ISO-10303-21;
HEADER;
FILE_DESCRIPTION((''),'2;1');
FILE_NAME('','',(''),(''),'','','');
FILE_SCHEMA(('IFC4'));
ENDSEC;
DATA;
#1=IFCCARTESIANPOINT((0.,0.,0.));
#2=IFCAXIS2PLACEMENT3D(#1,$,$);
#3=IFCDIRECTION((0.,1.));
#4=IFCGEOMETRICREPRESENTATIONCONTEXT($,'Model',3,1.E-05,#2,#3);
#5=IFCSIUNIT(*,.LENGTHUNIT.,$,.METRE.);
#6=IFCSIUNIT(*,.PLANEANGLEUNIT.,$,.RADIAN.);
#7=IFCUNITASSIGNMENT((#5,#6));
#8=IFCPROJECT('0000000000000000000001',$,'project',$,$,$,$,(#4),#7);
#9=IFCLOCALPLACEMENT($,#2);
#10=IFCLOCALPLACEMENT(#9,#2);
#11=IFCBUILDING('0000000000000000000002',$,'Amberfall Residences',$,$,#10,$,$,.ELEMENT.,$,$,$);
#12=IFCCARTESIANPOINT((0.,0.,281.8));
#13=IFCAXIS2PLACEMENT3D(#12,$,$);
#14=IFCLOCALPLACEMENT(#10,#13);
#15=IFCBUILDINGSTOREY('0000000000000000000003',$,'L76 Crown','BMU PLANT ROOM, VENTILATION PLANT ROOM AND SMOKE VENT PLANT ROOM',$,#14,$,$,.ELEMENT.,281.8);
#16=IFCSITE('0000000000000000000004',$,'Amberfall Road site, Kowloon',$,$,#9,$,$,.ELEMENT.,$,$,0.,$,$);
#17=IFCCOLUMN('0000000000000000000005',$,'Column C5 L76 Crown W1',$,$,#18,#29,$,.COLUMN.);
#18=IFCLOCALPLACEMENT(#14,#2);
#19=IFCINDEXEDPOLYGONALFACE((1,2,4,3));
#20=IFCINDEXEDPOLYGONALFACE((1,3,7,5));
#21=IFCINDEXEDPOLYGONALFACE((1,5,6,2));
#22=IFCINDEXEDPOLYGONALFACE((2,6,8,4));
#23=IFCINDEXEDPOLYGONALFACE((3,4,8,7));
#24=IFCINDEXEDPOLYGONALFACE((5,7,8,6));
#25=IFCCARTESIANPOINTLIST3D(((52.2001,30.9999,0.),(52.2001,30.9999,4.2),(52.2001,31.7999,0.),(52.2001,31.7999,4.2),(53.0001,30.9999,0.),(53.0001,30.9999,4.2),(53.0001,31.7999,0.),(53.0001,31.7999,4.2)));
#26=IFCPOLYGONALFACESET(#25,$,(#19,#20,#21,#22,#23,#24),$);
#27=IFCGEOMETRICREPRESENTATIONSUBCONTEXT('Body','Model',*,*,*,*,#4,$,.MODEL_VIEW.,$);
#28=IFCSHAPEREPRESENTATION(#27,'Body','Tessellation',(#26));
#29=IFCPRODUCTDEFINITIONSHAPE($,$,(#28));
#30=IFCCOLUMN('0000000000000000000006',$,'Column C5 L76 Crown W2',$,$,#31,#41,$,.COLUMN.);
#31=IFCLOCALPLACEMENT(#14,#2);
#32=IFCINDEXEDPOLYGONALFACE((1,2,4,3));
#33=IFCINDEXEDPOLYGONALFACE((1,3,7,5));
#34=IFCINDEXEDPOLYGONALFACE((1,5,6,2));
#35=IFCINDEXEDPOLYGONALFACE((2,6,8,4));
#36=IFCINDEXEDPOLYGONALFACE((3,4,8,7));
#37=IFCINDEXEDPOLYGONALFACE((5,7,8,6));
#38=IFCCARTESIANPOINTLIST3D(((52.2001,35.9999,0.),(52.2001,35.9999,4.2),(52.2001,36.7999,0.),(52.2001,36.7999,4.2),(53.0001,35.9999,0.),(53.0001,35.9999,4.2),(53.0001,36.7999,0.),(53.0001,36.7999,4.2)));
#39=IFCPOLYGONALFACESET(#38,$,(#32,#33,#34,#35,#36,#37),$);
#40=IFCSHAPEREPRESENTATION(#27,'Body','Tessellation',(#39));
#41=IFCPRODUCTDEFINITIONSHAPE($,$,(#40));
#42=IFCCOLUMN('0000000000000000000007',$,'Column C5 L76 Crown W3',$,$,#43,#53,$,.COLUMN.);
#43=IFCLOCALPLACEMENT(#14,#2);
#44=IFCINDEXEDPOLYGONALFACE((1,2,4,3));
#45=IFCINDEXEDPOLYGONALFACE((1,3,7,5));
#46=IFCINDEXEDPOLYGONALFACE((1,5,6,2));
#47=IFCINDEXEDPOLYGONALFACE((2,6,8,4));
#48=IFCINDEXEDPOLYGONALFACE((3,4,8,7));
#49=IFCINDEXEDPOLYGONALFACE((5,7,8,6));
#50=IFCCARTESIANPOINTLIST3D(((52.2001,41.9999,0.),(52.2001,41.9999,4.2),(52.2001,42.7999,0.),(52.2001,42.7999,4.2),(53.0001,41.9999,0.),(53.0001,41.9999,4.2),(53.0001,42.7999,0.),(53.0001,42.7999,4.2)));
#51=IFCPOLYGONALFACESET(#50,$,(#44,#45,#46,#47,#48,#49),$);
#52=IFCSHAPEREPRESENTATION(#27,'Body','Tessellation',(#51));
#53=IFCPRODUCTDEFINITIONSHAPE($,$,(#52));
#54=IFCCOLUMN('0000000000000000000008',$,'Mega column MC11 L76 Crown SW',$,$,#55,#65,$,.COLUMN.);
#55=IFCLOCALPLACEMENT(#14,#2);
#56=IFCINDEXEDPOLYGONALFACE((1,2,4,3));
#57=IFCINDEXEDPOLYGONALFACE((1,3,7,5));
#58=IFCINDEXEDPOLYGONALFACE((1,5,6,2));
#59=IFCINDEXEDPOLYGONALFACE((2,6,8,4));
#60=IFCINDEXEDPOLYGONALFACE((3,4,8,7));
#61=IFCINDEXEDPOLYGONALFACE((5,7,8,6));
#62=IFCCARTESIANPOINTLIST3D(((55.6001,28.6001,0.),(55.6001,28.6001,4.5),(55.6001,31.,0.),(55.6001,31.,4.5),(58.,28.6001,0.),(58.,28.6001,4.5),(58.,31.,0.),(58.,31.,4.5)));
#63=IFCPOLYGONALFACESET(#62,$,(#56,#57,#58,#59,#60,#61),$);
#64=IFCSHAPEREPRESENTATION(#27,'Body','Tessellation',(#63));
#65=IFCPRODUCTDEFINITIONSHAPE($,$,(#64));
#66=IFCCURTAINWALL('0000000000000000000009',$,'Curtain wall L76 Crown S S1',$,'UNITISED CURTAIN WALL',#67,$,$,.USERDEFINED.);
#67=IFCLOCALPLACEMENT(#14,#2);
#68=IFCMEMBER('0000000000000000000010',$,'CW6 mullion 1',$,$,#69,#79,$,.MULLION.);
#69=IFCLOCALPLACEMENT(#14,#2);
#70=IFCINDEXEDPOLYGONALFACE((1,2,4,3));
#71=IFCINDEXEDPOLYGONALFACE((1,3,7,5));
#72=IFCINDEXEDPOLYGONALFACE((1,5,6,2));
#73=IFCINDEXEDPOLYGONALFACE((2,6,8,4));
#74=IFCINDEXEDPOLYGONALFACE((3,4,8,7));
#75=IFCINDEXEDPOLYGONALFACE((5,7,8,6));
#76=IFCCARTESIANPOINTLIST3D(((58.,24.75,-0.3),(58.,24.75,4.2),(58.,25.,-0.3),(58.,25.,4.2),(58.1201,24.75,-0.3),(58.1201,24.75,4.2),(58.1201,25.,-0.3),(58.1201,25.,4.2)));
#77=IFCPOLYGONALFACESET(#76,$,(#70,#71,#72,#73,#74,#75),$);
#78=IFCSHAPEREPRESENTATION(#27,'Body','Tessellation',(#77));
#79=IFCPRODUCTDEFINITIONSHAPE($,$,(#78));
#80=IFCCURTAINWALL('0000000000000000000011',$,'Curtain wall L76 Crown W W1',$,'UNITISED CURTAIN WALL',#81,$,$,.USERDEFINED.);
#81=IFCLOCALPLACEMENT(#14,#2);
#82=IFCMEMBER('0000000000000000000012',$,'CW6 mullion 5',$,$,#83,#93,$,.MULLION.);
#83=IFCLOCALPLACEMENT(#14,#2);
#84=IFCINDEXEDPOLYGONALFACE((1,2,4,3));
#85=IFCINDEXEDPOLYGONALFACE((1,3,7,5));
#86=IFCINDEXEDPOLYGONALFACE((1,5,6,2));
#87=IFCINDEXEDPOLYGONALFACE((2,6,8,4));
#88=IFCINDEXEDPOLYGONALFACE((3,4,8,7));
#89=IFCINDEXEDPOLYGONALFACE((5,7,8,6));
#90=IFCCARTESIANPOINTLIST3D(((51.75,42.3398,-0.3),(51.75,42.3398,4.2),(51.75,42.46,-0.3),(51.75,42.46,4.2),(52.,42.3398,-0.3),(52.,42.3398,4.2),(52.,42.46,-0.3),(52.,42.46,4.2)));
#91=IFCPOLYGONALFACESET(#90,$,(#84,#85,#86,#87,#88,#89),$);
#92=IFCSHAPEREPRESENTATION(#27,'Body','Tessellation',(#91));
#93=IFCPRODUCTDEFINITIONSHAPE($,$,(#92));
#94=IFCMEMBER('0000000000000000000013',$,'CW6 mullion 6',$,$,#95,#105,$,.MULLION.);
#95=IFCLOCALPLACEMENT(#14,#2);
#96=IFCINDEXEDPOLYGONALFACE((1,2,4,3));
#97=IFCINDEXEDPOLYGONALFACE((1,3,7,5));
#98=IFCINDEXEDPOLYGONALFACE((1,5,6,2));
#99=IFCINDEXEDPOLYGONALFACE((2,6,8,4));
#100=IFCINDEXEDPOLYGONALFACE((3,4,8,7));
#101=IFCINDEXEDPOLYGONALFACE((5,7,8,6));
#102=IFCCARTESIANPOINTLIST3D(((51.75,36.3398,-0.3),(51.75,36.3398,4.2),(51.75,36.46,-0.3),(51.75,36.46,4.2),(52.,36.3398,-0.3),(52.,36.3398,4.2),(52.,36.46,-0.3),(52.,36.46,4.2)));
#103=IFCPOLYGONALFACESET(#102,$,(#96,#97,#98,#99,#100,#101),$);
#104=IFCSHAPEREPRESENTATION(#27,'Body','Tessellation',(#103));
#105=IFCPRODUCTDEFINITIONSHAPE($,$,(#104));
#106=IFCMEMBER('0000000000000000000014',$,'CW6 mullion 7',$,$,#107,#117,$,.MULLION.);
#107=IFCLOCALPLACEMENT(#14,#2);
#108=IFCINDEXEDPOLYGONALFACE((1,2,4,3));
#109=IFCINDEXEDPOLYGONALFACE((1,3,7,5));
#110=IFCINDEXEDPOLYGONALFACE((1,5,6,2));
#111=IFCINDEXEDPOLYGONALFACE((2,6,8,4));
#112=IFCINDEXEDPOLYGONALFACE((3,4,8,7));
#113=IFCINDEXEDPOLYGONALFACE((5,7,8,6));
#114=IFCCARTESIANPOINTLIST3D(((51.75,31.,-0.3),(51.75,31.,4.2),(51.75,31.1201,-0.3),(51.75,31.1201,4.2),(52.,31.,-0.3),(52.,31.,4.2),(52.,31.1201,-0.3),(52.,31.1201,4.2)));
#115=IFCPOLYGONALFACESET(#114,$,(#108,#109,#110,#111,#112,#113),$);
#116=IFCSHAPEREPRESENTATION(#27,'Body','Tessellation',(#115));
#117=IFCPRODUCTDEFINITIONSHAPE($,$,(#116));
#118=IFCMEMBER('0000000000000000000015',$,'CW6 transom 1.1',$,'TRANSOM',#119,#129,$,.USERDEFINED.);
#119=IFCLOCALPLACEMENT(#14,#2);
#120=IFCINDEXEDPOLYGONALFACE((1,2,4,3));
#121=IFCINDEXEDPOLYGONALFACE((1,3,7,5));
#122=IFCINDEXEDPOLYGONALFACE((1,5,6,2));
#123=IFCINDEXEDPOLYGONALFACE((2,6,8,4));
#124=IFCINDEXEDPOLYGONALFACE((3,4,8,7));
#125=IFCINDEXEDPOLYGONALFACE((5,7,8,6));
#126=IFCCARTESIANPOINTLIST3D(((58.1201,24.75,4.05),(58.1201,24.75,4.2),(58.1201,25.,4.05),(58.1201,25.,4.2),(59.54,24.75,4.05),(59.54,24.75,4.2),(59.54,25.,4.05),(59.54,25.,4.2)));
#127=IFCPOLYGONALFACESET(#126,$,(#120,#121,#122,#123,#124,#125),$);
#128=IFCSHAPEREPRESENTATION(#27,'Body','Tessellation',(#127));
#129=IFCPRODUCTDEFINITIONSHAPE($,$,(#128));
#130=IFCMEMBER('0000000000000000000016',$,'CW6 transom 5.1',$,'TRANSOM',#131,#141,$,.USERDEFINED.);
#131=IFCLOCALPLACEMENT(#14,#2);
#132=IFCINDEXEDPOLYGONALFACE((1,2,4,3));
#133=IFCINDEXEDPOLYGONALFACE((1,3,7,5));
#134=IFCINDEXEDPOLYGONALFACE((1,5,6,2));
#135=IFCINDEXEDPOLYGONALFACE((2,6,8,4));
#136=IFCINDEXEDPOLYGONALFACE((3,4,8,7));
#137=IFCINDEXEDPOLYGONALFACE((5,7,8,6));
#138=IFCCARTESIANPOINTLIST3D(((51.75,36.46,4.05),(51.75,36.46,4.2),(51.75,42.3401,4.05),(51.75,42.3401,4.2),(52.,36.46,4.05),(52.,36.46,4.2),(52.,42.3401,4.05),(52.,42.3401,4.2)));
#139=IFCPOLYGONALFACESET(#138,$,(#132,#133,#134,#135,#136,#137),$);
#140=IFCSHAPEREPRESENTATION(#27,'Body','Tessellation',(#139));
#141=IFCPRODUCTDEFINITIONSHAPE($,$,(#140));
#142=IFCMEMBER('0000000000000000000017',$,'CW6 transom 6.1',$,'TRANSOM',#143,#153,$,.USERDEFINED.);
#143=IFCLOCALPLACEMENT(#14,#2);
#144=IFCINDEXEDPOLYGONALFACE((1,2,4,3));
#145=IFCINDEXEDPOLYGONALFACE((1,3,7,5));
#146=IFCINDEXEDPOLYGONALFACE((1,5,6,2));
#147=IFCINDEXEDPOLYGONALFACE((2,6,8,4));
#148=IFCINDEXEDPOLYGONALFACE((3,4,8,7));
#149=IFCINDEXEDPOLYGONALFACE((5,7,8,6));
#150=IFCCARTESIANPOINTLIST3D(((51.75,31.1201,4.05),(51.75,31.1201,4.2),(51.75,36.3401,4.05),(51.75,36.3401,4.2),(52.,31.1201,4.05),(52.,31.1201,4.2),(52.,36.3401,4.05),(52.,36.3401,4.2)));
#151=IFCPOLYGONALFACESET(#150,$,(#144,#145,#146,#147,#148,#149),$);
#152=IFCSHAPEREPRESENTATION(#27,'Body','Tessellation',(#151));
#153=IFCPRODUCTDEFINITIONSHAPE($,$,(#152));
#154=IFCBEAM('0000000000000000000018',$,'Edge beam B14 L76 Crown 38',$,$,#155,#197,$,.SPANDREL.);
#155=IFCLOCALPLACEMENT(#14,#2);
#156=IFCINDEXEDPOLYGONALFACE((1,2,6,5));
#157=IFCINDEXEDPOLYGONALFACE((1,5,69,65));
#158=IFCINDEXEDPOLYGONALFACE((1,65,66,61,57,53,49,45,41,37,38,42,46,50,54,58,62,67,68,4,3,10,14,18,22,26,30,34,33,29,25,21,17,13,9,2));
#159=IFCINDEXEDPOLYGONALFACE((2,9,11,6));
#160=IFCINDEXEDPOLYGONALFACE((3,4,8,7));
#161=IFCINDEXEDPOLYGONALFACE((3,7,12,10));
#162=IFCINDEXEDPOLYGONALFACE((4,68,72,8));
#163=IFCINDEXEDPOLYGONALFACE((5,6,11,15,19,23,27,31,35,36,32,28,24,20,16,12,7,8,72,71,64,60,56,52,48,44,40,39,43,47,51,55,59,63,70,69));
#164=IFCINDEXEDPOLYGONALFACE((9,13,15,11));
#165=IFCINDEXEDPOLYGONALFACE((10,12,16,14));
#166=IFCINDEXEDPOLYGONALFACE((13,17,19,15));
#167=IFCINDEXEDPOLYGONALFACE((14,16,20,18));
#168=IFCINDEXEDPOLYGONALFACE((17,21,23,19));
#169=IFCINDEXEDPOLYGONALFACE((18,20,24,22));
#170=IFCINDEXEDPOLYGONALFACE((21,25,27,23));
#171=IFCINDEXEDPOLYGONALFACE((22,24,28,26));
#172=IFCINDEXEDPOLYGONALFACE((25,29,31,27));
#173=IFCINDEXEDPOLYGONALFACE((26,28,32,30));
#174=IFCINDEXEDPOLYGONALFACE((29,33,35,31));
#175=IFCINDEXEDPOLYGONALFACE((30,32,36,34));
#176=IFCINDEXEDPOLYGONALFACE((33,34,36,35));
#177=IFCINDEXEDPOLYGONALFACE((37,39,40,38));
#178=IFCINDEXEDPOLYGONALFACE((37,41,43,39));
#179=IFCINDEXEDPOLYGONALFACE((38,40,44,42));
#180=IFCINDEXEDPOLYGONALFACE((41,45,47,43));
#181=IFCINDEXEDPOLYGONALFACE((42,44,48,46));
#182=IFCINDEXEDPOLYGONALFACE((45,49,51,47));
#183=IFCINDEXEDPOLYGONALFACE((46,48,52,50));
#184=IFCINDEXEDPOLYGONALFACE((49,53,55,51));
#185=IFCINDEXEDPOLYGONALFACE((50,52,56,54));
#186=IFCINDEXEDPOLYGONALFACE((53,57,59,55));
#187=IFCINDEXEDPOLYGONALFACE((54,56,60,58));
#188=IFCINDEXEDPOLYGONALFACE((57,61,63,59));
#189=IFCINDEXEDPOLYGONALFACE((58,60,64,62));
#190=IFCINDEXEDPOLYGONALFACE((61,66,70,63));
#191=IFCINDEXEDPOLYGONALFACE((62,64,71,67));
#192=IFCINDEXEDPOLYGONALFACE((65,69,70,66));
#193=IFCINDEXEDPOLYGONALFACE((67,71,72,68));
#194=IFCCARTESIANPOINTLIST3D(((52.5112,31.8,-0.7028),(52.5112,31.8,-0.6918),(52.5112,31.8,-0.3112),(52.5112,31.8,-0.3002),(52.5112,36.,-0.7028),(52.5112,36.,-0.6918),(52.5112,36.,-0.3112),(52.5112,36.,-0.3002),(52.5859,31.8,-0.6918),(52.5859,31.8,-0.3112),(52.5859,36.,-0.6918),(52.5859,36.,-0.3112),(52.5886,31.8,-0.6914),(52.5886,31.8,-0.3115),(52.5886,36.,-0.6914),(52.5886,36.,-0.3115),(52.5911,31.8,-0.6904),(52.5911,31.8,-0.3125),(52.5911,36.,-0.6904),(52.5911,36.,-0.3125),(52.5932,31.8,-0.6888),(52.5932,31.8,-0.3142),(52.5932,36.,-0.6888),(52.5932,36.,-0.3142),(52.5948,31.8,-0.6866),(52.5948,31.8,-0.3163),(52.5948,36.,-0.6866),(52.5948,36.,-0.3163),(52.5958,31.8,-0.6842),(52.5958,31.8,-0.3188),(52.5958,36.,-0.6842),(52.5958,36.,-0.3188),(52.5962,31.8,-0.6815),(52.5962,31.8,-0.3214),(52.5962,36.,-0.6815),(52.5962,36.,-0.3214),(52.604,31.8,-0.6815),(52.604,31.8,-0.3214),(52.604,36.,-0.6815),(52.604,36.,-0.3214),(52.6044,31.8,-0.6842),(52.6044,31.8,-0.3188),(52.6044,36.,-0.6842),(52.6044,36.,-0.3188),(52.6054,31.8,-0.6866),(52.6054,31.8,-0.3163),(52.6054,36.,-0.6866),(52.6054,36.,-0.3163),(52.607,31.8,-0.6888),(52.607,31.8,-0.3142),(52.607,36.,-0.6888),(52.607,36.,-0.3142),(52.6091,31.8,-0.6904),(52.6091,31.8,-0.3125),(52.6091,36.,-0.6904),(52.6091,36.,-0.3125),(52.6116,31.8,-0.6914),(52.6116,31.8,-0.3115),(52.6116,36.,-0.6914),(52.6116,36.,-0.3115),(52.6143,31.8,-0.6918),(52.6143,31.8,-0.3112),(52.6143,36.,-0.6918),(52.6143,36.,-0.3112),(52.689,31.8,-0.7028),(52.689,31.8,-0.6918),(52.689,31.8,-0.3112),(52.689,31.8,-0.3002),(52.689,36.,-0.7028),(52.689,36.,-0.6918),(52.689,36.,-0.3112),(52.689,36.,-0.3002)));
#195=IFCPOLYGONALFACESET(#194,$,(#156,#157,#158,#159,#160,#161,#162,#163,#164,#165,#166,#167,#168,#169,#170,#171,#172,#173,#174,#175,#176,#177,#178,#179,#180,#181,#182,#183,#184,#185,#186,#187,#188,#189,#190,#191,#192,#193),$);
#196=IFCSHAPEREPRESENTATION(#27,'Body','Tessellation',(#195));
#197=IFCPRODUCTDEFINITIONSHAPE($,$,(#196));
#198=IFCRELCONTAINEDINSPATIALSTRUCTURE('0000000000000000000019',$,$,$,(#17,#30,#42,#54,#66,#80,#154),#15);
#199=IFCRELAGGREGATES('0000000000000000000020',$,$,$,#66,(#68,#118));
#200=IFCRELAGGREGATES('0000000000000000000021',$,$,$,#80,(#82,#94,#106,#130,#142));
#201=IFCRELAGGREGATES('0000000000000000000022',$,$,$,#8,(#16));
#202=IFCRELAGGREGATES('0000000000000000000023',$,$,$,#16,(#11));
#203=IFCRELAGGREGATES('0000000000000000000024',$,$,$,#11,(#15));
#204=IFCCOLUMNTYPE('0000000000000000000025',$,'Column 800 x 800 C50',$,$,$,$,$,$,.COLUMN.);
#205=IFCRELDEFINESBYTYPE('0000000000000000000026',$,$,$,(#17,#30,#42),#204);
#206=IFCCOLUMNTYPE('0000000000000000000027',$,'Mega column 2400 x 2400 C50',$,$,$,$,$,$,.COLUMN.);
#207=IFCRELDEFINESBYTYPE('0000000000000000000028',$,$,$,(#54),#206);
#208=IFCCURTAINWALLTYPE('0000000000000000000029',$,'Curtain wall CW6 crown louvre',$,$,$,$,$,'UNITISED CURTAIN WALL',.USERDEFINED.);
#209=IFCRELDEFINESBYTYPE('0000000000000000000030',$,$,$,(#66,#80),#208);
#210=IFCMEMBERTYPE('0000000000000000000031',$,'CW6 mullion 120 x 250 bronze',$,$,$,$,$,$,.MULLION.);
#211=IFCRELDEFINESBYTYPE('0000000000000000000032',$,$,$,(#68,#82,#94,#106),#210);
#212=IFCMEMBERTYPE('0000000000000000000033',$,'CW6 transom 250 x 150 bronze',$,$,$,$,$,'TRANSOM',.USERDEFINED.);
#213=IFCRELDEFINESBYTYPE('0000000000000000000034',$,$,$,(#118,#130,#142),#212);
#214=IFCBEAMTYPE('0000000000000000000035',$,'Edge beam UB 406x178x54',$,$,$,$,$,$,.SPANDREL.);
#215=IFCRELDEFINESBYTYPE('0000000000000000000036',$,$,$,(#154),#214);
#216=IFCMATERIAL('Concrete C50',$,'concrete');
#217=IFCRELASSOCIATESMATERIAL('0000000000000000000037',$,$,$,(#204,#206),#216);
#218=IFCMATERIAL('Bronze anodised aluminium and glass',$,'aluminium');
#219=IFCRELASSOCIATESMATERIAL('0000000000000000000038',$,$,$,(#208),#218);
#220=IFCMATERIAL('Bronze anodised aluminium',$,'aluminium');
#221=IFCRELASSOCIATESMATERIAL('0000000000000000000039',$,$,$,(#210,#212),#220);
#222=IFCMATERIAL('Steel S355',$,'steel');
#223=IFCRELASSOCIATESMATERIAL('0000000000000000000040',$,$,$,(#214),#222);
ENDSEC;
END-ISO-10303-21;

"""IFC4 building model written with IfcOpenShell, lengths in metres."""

from ifc_helpers import new_model, si_unit, direction, frame, origin, origin_2d, place, context, subcontext, project, spatial, rectangle, i_section, extrude, material, material_profile, profile_set, type_object, element, aggregate, save


model = new_model("IFC4")

# Units and contexts
model_context = context("Model", 3, precision=1e-05, world=origin(), true_north=direction((0.0, 1.0)))
body_context = subcontext(model_context, "Body", "Model", "MODEL_VIEW")
ifc_project = project(units=[si_unit("LENGTHUNIT", "METRE"), si_unit("PLANEANGLEUNIT", "RADIAN")], contexts=[model_context])

# Site, building, storey
site_placement = place(None, origin())
site = spatial("IfcSite", under=ifc_project, at=site_placement, Name="Amberfall Road site, Kowloon", CompositionType="ELEMENT", RefElevation=0.0)
building_placement = place(site_placement, origin())
building = spatial("IfcBuilding", under=site, at=building_placement, Name="Amberfall Residences", CompositionType="ELEMENT")
storey_placement = place(building_placement, frame((0.0, 0.0, 281.8)))
storey = spatial("IfcBuildingStorey", under=building, at=storey_placement, Name="L76 Crown", Description="BMU PLANT ROOM, VENTILATION PLANT ROOM AND SMOKE VENT PLANT ROOM", CompositionType="ELEMENT", Elevation=281.8)

# Columns
ifc_material_1 = material(Name="Concrete C50", Category="concrete")
ifc_material_profile_1 = material_profile(ifc_material_1, rectangle(XDim=0.8, YDim=0.8, at=origin_2d()), Name="Column 800 x 800 C50")
ifc_profile_set_1 = profile_set([ifc_material_profile_1], Name="Concrete C50")
column_type_1 = type_object("IfcColumnType", Name="Column 800 x 800 C50", PredefinedType="COLUMN", material=ifc_profile_set_1)
for number, where, z_axis, x_axis, name in (
    (1, (52.6001, 31.3999, 0.0), (0.0, 0.0, 1.0), (1.0, 0.0, 0.0), "Column C5 L76 Crown W1"),
    (2, (52.6001, 36.3999, 0.0), (0.0, 0.0, 1.0), (1.0, 0.0, 0.0), "Column C5 L76 Crown W2"),
    (3, (52.6001, 42.3999, 0.0), (0.0, 0.0, 1.0), (1.0, 0.0, 0.0), "Column C5 L76 Crown W3"),
):
    element("IfcColumn", number, at=place(storey_placement, frame(where, z_axis=z_axis, x_axis=x_axis)), inside=storey, type_object=column_type_1, Name=name, PredefinedType="COLUMN", context=body_context, shape_type="SweptSolid", body=[
        extrude(rectangle(XDim=0.8, YDim=0.8, at=origin_2d()), origin(), (0.0, 0.0, 1.0), 4.2),
    ])
ifc_material_profile_2 = material_profile(ifc_material_1, rectangle(XDim=2.3999, YDim=2.3999, at=origin_2d()), Name="Mega column 2400 x 2400 C50")
ifc_profile_set_2 = profile_set([ifc_material_profile_2], Name="Concrete C50")
column_type_2 = type_object("IfcColumnType", Name="Mega column 2400 x 2400 C50", PredefinedType="COLUMN", material=ifc_profile_set_2)
column_placement = place(storey_placement, frame((56.8, 29.8, 0.0), z_axis=(0.0, 0.0, 1.0), x_axis=(1.0, 0.0, 0.0)))
element("IfcColumn", 4, at=column_placement, inside=storey, type_object=column_type_2, Name="Mega column MC11 L76 Crown SW", PredefinedType="COLUMN", context=body_context, shape_type="SweptSolid", body=[
    extrude(rectangle(XDim=2.3999, YDim=2.3999, at=origin_2d()), origin(), (0.0, 0.0, 1.0), 4.5),
])

# Curtain wall, member
ifc_material_2 = material(Name="Bronze anodised aluminium and glass", Category="aluminium")
curtain_wall_type = type_object("IfcCurtainWallType", Name="Curtain wall CW6 crown louvre", ElementType="UNITISED CURTAIN WALL", PredefinedType="USERDEFINED", material=ifc_material_2)
curtain_wall_1_placement = place(storey_placement, origin())
curtain_wall_1 = element("IfcCurtainWall", 5, at=curtain_wall_1_placement, inside=storey, type_object=curtain_wall_type, Name="Curtain wall L76 Crown S S1", ObjectType="UNITISED CURTAIN WALL", PredefinedType="USERDEFINED")
ifc_material_3 = material(Name="Bronze anodised aluminium", Category="aluminium")
ifc_material_profile_3 = material_profile(ifc_material_3, rectangle(XDim=0.25, YDim=0.1201, at=origin_2d()), Name="CW6 mullion 120 x 250 bronze")
ifc_profile_set_3 = profile_set([ifc_material_profile_3], Name="Bronze anodised aluminium")
member_type_1 = type_object("IfcMemberType", Name="CW6 mullion 120 x 250 bronze", PredefinedType="MULLION", material=ifc_profile_set_3)
member_1_placement = place(storey_placement, frame((58.0601, 24.875, -0.3), z_axis=(0.0, 0.0, 1.0), x_axis=(0.0, 1.0, 0.0)))
member_1 = element("IfcMember", 6, at=member_1_placement, type_object=member_type_1, Name="CW6 mullion 1", PredefinedType="MULLION", context=body_context, shape_type="SweptSolid", body=[
    extrude(rectangle(XDim=0.25, YDim=0.1201, at=origin_2d()), origin(), (0.0, 0.0, 1.0), 4.5),
])

# Curtain wall, members
curtain_wall_2_placement = place(storey_placement, origin())
curtain_wall_2 = element("IfcCurtainWall", 7, at=curtain_wall_2_placement, inside=storey, type_object=curtain_wall_type, Name="Curtain wall L76 Crown W W1", ObjectType="UNITISED CURTAIN WALL", PredefinedType="USERDEFINED")
member_2_placement = place(storey_placement, frame((51.875, 42.3999, -0.3), z_axis=(0.0, 0.0, 1.0), x_axis=(1.0, 0.0, 0.0)))
member_2 = element("IfcMember", 8, at=member_2_placement, type_object=member_type_1, Name="CW6 mullion 5", PredefinedType="MULLION", context=body_context, shape_type="SweptSolid", body=[
    extrude(rectangle(XDim=0.25, YDim=0.1201, at=origin_2d()), origin(), (0.0, 0.0, 1.0), 4.5),
])
member_3_placement = place(storey_placement, frame((51.875, 36.3999, -0.3), z_axis=(0.0, 0.0, 1.0), x_axis=(1.0, 0.0, 0.0)))
member_3 = element("IfcMember", 9, at=member_3_placement, type_object=member_type_1, Name="CW6 mullion 6", PredefinedType="MULLION", context=body_context, shape_type="SweptSolid", body=[
    extrude(rectangle(XDim=0.25, YDim=0.1201, at=origin_2d()), origin(), (0.0, 0.0, 1.0), 4.5),
])
member_4_placement = place(storey_placement, frame((51.875, 31.0601, -0.3), z_axis=(0.0, 0.0, 1.0), x_axis=(1.0, 0.0, 0.0)))
member_4 = element("IfcMember", 10, at=member_4_placement, type_object=member_type_1, Name="CW6 mullion 7", PredefinedType="MULLION", context=body_context, shape_type="SweptSolid", body=[
    extrude(rectangle(XDim=0.25, YDim=0.1201, at=origin_2d()), origin(), (0.0, 0.0, 1.0), 4.5),
])

# Members
ifc_material_profile_4 = material_profile(ifc_material_3, rectangle(XDim=0.25, YDim=0.1499, at=origin_2d()), Name="CW6 transom 250 x 150 bronze")
ifc_profile_set_4 = profile_set([ifc_material_profile_4], Name="Bronze anodised aluminium")
member_type_2 = type_object("IfcMemberType", Name="CW6 transom 250 x 150 bronze", ElementType="TRANSOM", PredefinedType="USERDEFINED", material=ifc_profile_set_4)
member_5_placement = place(storey_placement, frame((58.1201, 24.875, 4.125), z_axis=(1.0, 0.0, 0.0), x_axis=(0.0, 1.0, 0.0)))
member_5 = element("IfcMember", 11, at=member_5_placement, type_object=member_type_2, Name="CW6 transom 1.1", ObjectType="TRANSOM", PredefinedType="USERDEFINED", context=body_context, shape_type="SweptSolid", body=[
    extrude(rectangle(XDim=0.25, YDim=0.1499, at=origin_2d()), origin(), (0.0, 0.0, 1.0), 1.4199),
])
member_6_placement = place(storey_placement, frame((51.875, 42.3401, 4.125), z_axis=(0.0, -1.0, 0.0), x_axis=(1.0, 0.0, 0.0)))
member_6 = element("IfcMember", 12, at=member_6_placement, type_object=member_type_2, Name="CW6 transom 5.1", ObjectType="TRANSOM", PredefinedType="USERDEFINED", context=body_context, shape_type="SweptSolid", body=[
    extrude(rectangle(XDim=0.25, YDim=0.1499, at=origin_2d()), origin(), (0.0, 0.0, 1.0), 5.8801),
])
member_7_placement = place(storey_placement, frame((51.875, 36.3401, 4.125), z_axis=(0.0, -1.0, 0.0), x_axis=(1.0, 0.0, 0.0)))
member_7 = element("IfcMember", 13, at=member_7_placement, type_object=member_type_2, Name="CW6 transom 6.1", ObjectType="TRANSOM", PredefinedType="USERDEFINED", context=body_context, shape_type="SweptSolid", body=[
    extrude(rectangle(XDim=0.25, YDim=0.1499, at=origin_2d()), origin(), (0.0, 0.0, 1.0), 5.22),
])

# Beam
ifc_material_4 = material(Name="Steel S355", Category="steel")
ifc_material_profile_5 = material_profile(ifc_material_4, i_section(OverallWidth=0.1777, OverallDepth=0.4026, WebThickness=0.0078, FlangeThickness=0.011, FilletRadius=0.0103, at=origin_2d()), Name="UB 406x178x54")
ifc_profile_set_5 = profile_set([ifc_material_profile_5], Name="Steel S355")
beam_type_1 = type_object("IfcBeamType", Name="Edge beam UB 406x178x54", PredefinedType="SPANDREL", material=ifc_profile_set_5)
beam_1_placement = place(storey_placement, frame((52.6001, 31.8, -0.5015), z_axis=(0.0, 1.0, 0.0), x_axis=(-1.0, 0.0, 0.0)))
element("IfcBeam", 14, at=beam_1_placement, inside=storey, type_object=beam_type_1, Name="Edge beam B14 L76 Crown 38", PredefinedType="SPANDREL", context=body_context, shape_type="SweptSolid", body=[
    extrude(i_section(OverallWidth=0.1777, OverallDepth=0.4026, WebThickness=0.0078, FlangeThickness=0.011, FilletRadius=0.0103, at=origin_2d()), origin(), (0.0, 0.0, 1.0), 4.2),
])

aggregate(curtain_wall_1, [member_1, member_5])
aggregate(curtain_wall_2, [member_2, member_3, member_4, member_6, member_7])

save(model, "model.ifc")
